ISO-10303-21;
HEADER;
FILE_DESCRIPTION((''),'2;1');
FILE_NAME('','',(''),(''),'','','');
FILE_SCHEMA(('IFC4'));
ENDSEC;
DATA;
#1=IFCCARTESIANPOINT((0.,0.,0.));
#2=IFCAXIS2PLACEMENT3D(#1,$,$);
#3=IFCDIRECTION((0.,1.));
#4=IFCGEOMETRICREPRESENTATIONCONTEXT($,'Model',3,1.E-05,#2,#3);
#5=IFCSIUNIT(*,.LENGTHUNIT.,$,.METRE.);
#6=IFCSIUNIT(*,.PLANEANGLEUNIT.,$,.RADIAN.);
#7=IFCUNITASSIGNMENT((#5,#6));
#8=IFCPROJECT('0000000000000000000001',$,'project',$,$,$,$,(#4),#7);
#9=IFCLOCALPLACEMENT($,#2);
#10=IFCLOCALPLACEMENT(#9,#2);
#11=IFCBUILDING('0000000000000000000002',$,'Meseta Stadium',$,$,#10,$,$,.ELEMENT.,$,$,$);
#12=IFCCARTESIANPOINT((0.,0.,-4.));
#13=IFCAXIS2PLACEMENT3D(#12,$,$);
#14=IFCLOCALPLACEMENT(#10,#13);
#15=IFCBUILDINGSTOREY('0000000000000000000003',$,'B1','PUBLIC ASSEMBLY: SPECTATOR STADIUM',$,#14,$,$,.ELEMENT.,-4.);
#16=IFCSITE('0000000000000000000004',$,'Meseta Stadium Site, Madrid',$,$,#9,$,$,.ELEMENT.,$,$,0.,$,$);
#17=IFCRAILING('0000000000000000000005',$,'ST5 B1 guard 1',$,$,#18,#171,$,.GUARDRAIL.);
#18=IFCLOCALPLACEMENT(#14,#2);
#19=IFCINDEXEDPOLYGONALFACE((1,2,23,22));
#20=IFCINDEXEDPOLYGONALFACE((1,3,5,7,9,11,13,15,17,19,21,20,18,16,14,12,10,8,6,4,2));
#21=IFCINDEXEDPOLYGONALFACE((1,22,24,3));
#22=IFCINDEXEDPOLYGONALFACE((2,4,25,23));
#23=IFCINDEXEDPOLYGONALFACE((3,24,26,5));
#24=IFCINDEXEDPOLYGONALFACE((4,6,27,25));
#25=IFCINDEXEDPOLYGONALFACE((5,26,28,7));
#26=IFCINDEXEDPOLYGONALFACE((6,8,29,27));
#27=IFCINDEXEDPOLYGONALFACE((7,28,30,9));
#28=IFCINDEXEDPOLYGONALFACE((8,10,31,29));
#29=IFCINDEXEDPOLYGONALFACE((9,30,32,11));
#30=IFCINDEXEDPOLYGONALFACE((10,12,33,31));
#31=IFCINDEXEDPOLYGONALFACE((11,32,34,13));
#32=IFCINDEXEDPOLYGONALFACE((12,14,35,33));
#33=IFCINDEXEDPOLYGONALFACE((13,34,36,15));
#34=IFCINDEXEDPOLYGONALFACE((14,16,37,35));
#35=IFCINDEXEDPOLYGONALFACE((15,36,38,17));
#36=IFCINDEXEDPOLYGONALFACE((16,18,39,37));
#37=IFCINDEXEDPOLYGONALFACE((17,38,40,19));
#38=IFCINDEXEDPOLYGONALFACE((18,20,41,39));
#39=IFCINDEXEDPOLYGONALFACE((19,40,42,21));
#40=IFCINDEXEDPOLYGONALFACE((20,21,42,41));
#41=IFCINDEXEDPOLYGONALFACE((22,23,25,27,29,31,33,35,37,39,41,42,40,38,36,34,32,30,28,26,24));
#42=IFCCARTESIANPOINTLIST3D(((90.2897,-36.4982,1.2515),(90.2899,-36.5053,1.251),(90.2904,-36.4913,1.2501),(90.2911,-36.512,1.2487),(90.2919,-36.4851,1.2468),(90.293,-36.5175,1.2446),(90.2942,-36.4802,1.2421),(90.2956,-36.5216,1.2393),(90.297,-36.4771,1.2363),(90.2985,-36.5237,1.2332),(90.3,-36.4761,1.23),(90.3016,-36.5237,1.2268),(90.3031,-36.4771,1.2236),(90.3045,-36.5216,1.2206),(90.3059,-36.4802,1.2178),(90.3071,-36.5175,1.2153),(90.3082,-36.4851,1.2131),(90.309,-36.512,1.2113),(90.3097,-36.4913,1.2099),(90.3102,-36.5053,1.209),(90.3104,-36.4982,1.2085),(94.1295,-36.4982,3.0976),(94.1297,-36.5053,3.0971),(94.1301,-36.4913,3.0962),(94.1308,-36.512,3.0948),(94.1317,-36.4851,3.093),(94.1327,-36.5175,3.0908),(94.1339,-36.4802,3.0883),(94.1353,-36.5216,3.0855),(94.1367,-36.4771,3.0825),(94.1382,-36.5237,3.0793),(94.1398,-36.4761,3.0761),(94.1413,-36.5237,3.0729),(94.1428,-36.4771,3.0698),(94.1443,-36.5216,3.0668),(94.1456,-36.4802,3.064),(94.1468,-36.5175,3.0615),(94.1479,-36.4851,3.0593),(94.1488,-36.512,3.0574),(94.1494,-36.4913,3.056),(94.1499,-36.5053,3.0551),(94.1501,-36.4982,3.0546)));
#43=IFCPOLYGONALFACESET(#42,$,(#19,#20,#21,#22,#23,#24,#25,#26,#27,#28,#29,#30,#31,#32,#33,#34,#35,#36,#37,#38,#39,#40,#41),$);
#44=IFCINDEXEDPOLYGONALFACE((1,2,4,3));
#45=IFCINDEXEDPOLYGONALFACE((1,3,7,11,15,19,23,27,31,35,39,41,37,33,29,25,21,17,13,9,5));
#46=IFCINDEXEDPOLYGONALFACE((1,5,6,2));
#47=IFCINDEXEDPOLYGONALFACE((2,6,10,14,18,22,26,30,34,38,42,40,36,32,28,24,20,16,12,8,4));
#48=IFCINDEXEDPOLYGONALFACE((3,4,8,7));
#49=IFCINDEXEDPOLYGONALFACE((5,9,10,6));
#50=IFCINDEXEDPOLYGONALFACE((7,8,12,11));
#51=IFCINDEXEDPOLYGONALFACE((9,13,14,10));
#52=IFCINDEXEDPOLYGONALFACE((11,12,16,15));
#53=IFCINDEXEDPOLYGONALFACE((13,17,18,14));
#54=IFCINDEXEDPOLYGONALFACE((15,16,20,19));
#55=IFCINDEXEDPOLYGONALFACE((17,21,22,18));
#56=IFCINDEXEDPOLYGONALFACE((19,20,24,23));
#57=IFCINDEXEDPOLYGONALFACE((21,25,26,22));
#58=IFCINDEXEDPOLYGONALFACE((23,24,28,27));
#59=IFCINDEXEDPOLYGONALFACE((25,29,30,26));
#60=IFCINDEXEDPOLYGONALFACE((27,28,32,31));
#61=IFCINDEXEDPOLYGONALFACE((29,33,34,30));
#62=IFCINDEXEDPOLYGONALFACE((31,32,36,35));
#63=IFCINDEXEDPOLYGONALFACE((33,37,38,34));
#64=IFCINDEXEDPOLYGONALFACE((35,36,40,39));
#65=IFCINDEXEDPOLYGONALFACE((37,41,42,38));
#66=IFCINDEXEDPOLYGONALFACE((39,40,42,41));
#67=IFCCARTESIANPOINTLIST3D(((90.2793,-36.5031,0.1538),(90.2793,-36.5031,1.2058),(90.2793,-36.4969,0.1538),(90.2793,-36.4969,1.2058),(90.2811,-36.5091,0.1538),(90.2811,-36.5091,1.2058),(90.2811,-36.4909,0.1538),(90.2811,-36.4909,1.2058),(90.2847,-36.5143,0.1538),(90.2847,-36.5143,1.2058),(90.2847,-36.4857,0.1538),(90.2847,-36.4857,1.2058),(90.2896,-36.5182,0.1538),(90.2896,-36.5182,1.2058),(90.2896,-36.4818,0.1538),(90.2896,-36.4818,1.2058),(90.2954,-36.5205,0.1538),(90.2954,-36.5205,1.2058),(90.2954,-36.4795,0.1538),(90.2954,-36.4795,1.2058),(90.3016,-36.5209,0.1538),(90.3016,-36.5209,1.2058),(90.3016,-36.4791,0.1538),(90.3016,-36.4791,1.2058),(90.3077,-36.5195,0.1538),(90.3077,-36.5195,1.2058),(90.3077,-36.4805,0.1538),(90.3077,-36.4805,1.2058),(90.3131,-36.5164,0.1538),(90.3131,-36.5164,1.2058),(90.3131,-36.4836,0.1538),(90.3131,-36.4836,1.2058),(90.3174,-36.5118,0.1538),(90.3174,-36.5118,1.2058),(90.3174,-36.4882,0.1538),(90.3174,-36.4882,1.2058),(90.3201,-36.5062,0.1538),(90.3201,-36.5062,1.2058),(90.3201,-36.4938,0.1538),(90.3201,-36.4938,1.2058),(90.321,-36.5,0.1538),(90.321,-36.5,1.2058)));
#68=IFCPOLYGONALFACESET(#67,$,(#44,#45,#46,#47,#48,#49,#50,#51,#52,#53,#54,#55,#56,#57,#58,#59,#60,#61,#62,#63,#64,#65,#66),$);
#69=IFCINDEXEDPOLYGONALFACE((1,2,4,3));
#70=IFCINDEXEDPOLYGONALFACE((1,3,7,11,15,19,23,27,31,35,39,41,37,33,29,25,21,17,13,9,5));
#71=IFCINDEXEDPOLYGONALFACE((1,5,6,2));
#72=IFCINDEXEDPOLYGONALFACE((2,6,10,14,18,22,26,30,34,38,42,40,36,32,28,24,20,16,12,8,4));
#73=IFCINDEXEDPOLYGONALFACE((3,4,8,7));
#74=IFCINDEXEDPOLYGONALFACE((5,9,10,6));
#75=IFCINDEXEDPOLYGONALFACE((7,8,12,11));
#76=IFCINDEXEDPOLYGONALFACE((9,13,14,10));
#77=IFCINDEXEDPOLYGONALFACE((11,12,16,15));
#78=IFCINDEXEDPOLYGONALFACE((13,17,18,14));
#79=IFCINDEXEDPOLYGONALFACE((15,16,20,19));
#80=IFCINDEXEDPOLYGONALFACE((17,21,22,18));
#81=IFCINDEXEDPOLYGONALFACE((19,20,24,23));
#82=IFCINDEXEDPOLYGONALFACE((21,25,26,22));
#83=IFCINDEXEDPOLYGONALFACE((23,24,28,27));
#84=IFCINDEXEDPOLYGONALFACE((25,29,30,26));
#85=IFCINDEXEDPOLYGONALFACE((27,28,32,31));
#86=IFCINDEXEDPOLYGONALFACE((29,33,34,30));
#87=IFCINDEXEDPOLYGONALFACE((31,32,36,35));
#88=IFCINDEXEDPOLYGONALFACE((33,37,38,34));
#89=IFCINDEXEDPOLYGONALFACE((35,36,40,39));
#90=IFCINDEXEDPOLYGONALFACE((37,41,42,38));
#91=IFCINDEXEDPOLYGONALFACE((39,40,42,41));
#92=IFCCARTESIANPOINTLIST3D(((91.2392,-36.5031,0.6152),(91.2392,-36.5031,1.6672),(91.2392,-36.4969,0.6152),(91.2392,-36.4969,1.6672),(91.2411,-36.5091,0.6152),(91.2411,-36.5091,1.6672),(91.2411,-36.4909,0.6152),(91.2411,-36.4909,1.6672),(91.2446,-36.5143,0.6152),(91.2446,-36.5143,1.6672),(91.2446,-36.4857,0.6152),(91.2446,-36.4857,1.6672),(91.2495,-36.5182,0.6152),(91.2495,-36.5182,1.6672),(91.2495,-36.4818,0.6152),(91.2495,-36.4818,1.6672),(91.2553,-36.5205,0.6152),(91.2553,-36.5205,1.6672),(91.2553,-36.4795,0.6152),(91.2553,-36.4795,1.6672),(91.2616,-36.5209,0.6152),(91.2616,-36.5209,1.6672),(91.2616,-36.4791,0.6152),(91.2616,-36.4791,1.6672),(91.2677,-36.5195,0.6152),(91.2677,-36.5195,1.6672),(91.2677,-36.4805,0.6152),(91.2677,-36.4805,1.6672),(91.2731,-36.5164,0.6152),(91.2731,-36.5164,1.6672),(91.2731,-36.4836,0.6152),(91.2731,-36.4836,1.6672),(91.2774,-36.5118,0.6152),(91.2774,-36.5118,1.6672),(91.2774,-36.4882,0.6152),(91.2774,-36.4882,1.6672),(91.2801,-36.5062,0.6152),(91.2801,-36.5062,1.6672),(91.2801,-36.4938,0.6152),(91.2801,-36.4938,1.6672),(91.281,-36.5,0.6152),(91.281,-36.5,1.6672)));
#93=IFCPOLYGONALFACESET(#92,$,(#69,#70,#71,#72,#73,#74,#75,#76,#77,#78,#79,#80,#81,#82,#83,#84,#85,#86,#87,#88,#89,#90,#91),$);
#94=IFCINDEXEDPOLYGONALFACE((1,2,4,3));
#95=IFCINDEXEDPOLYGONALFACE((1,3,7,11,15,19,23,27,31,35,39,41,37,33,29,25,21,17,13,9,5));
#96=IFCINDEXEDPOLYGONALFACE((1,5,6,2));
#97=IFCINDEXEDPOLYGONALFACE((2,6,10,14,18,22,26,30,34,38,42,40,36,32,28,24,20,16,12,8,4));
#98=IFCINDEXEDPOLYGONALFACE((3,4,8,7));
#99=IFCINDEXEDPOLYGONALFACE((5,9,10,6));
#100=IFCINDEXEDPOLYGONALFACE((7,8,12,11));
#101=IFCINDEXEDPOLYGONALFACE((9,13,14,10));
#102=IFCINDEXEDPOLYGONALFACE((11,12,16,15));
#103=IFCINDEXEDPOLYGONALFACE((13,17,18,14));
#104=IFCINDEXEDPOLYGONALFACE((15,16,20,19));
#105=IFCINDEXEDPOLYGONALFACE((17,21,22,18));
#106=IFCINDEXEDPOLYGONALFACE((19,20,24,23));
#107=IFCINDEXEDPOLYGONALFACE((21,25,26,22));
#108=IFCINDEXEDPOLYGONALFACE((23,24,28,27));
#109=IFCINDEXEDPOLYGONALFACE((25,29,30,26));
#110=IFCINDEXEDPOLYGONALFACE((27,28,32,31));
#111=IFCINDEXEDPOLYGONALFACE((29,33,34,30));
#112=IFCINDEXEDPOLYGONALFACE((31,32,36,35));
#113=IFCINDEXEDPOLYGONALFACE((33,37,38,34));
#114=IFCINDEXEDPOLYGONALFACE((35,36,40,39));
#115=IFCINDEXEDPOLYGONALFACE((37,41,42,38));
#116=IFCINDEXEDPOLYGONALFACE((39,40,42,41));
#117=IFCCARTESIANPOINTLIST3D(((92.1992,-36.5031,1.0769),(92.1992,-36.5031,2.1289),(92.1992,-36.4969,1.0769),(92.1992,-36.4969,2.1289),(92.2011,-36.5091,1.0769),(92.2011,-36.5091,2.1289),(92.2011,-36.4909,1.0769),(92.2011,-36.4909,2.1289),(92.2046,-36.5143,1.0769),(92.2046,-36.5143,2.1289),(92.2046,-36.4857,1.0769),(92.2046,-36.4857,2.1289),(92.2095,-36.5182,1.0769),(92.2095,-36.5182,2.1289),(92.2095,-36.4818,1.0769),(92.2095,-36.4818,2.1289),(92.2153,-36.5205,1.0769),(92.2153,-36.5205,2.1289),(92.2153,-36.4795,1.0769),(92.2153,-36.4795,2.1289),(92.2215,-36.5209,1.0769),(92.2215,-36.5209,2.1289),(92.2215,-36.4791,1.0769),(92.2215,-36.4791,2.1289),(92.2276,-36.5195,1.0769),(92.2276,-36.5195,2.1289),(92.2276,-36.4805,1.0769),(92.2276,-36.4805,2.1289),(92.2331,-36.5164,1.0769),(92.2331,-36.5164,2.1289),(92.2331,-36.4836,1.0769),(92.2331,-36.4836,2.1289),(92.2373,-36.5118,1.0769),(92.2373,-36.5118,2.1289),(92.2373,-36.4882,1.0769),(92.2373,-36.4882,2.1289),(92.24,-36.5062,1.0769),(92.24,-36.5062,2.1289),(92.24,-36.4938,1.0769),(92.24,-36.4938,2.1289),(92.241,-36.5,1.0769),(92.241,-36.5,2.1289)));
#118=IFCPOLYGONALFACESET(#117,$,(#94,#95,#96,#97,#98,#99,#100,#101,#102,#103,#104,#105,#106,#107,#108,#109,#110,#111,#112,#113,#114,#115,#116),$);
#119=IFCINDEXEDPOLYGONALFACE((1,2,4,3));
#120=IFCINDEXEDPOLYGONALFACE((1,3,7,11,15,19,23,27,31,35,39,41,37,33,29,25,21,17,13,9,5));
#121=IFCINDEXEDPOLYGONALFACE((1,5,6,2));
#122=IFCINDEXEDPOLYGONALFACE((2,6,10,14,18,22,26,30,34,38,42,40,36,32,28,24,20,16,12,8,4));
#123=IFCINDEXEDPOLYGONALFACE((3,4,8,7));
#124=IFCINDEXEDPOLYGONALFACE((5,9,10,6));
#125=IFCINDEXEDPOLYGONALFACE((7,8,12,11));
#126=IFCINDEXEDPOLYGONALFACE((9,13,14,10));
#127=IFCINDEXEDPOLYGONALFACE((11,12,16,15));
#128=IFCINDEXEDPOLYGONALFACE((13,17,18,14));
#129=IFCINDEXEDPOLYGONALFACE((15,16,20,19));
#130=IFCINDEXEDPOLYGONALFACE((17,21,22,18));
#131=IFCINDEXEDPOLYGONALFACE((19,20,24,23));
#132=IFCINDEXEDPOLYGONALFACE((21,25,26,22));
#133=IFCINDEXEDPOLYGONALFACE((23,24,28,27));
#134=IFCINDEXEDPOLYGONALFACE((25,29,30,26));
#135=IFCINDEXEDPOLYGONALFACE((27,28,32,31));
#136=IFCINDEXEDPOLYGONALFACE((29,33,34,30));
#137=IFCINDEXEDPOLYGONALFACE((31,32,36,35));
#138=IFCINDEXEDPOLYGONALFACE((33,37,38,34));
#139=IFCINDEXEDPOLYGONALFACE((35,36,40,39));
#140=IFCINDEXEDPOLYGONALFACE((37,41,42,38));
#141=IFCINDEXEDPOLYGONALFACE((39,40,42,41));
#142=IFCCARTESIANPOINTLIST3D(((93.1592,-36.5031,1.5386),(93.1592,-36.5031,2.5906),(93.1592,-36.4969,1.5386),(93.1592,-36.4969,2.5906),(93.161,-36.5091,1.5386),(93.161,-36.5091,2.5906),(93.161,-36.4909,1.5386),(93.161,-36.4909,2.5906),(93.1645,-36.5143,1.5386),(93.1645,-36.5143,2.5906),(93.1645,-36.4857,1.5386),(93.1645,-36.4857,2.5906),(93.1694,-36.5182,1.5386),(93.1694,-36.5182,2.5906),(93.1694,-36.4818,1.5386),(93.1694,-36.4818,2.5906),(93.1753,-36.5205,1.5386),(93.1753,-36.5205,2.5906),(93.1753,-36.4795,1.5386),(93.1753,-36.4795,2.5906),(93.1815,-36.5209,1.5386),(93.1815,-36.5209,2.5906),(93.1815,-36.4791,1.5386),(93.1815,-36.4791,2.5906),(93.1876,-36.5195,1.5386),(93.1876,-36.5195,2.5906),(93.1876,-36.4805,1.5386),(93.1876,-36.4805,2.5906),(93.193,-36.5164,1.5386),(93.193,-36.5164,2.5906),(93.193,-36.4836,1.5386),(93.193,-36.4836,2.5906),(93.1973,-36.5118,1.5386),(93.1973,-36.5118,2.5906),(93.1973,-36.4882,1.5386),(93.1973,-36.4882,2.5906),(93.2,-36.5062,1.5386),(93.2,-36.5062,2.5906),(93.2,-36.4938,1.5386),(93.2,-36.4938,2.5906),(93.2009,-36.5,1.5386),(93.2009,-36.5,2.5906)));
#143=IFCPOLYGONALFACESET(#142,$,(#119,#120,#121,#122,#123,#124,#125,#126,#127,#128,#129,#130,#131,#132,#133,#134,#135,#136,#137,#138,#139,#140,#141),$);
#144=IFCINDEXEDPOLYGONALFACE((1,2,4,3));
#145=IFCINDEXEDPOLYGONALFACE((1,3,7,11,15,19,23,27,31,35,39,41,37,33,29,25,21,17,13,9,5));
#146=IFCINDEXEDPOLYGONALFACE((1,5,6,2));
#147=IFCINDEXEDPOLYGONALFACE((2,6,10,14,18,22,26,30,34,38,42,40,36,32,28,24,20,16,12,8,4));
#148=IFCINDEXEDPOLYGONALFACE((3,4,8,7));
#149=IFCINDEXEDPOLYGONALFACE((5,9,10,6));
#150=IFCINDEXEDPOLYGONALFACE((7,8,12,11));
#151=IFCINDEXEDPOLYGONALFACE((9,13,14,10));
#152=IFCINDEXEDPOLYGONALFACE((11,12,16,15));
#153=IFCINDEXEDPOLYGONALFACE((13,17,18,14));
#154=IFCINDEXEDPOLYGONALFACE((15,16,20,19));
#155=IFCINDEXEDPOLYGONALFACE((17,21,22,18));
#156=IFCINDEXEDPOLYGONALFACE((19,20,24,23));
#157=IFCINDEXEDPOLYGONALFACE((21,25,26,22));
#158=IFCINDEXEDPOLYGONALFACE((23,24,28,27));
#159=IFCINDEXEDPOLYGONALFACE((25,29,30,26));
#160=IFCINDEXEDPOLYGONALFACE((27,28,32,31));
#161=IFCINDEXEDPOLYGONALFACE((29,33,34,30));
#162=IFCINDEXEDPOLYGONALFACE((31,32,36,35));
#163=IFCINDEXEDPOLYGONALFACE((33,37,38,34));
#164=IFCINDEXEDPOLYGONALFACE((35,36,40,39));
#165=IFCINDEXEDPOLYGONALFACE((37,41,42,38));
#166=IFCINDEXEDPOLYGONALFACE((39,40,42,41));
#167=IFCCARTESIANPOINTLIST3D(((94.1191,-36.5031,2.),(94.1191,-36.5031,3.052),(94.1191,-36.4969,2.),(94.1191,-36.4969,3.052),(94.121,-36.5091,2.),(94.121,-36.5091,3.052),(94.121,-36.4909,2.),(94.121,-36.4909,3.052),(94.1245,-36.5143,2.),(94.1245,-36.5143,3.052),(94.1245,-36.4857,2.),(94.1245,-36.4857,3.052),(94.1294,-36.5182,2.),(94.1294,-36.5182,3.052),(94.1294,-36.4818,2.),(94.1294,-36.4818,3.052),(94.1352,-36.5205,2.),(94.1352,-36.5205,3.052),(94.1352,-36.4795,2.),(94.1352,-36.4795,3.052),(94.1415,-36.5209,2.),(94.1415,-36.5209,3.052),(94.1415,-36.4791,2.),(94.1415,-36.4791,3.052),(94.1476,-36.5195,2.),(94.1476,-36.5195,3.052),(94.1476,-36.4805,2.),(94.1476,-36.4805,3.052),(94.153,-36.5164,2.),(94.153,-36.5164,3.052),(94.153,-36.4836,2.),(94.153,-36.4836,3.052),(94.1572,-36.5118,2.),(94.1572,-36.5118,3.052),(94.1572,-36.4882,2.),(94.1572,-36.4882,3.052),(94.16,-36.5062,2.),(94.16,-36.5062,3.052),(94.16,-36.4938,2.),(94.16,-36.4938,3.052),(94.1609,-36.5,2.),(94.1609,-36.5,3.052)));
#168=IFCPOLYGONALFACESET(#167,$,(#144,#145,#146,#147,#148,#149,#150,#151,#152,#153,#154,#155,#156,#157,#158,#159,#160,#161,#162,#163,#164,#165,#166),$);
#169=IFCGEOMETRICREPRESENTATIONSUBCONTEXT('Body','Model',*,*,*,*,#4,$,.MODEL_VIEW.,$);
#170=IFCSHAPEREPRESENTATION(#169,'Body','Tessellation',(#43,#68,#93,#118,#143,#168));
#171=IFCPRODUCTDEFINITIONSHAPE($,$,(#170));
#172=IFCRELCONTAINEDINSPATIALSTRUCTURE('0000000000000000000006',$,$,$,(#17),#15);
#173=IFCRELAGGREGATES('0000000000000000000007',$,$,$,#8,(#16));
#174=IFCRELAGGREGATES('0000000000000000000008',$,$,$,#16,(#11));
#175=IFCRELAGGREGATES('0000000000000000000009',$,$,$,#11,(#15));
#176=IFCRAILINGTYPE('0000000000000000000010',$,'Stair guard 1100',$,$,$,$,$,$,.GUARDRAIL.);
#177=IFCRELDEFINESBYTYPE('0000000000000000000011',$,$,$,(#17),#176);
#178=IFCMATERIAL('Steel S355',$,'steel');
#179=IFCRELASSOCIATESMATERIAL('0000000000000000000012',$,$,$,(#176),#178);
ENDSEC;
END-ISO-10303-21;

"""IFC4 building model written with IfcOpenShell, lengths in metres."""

from ifc_helpers import new_model, si_unit, direction, frame, origin, origin_2d, place, context, subcontext, project, spatial, circle, extrude, material, type_object, element, save


model = new_model("IFC4")

# Units and contexts
model_context = context("Model", 3, precision=1e-05, world=origin(), true_north=direction((0.0, 1.0)))
body_context = subcontext(model_context, "Body", "Model", "MODEL_VIEW")
ifc_project = project(units=[si_unit("LENGTHUNIT", "METRE"), si_unit("PLANEANGLEUNIT", "RADIAN")], contexts=[model_context])

# Site, building, storey
site_placement = place(None, origin())
site = spatial("IfcSite", under=ifc_project, at=site_placement, Name="Meseta Stadium Site, Madrid", CompositionType="ELEMENT", RefElevation=0.0)
building_placement = place(site_placement, origin())
building = spatial("IfcBuilding", under=site, at=building_placement, Name="Meseta Stadium", CompositionType="ELEMENT")
storey_placement = place(building_placement, frame((0.0, 0.0, -4.0)))
storey = spatial("IfcBuildingStorey", under=building, at=storey_placement, Name="B1", Description="PUBLIC ASSEMBLY: SPECTATOR STADIUM", CompositionType="ELEMENT", Elevation=-4.0)

# Railing
ifc_material_1 = material(Name="Steel S355", Category="steel")
railing_type_1 = type_object("IfcRailingType", Name="Stair guard 1100", PredefinedType="GUARDRAIL", material=ifc_material_1)
railing_1_placement = place(storey_placement, frame((90.3, -36.5, 0.1538)))
element("IfcRailing", 1, at=railing_1_placement, inside=storey, type_object=railing_type_1, Name="ST5 B1 guard 1", PredefinedType="GUARDRAIL", context=body_context, shape_type="SweptSolid", body=[
    extrude(circle(Radius=0.0239, at=origin_2d()), frame((0.0, 0.0, 1.0762), z_axis=(0.901242, 0.0, 0.433316), x_axis=(0.0, 1.0, 0.0)), (0.0, 0.0, 1.0), 4.2605),
    extrude(circle(Radius=0.021, at=origin_2d()), origin(), (0.0, 0.0, 1.0), 1.052),
    extrude(circle(Radius=0.021, at=origin_2d()), frame((0.96, 0.0, 0.4614)), (0.0, 0.0, 1.0), 1.052),
    extrude(circle(Radius=0.021, at=origin_2d()), frame((1.9199, 0.0, 0.9231)), (0.0, 0.0, 1.0), 1.052),
    extrude(circle(Radius=0.021, at=origin_2d()), frame((2.8799, 0.0, 1.3848)), (0.0, 0.0, 1.0), 1.052),
    extrude(circle(Radius=0.021, at=origin_2d()), frame((3.8398, 0.0, 1.8462)), (0.0, 0.0, 1.0), 1.052),
])

save(model, "model.ifc")
